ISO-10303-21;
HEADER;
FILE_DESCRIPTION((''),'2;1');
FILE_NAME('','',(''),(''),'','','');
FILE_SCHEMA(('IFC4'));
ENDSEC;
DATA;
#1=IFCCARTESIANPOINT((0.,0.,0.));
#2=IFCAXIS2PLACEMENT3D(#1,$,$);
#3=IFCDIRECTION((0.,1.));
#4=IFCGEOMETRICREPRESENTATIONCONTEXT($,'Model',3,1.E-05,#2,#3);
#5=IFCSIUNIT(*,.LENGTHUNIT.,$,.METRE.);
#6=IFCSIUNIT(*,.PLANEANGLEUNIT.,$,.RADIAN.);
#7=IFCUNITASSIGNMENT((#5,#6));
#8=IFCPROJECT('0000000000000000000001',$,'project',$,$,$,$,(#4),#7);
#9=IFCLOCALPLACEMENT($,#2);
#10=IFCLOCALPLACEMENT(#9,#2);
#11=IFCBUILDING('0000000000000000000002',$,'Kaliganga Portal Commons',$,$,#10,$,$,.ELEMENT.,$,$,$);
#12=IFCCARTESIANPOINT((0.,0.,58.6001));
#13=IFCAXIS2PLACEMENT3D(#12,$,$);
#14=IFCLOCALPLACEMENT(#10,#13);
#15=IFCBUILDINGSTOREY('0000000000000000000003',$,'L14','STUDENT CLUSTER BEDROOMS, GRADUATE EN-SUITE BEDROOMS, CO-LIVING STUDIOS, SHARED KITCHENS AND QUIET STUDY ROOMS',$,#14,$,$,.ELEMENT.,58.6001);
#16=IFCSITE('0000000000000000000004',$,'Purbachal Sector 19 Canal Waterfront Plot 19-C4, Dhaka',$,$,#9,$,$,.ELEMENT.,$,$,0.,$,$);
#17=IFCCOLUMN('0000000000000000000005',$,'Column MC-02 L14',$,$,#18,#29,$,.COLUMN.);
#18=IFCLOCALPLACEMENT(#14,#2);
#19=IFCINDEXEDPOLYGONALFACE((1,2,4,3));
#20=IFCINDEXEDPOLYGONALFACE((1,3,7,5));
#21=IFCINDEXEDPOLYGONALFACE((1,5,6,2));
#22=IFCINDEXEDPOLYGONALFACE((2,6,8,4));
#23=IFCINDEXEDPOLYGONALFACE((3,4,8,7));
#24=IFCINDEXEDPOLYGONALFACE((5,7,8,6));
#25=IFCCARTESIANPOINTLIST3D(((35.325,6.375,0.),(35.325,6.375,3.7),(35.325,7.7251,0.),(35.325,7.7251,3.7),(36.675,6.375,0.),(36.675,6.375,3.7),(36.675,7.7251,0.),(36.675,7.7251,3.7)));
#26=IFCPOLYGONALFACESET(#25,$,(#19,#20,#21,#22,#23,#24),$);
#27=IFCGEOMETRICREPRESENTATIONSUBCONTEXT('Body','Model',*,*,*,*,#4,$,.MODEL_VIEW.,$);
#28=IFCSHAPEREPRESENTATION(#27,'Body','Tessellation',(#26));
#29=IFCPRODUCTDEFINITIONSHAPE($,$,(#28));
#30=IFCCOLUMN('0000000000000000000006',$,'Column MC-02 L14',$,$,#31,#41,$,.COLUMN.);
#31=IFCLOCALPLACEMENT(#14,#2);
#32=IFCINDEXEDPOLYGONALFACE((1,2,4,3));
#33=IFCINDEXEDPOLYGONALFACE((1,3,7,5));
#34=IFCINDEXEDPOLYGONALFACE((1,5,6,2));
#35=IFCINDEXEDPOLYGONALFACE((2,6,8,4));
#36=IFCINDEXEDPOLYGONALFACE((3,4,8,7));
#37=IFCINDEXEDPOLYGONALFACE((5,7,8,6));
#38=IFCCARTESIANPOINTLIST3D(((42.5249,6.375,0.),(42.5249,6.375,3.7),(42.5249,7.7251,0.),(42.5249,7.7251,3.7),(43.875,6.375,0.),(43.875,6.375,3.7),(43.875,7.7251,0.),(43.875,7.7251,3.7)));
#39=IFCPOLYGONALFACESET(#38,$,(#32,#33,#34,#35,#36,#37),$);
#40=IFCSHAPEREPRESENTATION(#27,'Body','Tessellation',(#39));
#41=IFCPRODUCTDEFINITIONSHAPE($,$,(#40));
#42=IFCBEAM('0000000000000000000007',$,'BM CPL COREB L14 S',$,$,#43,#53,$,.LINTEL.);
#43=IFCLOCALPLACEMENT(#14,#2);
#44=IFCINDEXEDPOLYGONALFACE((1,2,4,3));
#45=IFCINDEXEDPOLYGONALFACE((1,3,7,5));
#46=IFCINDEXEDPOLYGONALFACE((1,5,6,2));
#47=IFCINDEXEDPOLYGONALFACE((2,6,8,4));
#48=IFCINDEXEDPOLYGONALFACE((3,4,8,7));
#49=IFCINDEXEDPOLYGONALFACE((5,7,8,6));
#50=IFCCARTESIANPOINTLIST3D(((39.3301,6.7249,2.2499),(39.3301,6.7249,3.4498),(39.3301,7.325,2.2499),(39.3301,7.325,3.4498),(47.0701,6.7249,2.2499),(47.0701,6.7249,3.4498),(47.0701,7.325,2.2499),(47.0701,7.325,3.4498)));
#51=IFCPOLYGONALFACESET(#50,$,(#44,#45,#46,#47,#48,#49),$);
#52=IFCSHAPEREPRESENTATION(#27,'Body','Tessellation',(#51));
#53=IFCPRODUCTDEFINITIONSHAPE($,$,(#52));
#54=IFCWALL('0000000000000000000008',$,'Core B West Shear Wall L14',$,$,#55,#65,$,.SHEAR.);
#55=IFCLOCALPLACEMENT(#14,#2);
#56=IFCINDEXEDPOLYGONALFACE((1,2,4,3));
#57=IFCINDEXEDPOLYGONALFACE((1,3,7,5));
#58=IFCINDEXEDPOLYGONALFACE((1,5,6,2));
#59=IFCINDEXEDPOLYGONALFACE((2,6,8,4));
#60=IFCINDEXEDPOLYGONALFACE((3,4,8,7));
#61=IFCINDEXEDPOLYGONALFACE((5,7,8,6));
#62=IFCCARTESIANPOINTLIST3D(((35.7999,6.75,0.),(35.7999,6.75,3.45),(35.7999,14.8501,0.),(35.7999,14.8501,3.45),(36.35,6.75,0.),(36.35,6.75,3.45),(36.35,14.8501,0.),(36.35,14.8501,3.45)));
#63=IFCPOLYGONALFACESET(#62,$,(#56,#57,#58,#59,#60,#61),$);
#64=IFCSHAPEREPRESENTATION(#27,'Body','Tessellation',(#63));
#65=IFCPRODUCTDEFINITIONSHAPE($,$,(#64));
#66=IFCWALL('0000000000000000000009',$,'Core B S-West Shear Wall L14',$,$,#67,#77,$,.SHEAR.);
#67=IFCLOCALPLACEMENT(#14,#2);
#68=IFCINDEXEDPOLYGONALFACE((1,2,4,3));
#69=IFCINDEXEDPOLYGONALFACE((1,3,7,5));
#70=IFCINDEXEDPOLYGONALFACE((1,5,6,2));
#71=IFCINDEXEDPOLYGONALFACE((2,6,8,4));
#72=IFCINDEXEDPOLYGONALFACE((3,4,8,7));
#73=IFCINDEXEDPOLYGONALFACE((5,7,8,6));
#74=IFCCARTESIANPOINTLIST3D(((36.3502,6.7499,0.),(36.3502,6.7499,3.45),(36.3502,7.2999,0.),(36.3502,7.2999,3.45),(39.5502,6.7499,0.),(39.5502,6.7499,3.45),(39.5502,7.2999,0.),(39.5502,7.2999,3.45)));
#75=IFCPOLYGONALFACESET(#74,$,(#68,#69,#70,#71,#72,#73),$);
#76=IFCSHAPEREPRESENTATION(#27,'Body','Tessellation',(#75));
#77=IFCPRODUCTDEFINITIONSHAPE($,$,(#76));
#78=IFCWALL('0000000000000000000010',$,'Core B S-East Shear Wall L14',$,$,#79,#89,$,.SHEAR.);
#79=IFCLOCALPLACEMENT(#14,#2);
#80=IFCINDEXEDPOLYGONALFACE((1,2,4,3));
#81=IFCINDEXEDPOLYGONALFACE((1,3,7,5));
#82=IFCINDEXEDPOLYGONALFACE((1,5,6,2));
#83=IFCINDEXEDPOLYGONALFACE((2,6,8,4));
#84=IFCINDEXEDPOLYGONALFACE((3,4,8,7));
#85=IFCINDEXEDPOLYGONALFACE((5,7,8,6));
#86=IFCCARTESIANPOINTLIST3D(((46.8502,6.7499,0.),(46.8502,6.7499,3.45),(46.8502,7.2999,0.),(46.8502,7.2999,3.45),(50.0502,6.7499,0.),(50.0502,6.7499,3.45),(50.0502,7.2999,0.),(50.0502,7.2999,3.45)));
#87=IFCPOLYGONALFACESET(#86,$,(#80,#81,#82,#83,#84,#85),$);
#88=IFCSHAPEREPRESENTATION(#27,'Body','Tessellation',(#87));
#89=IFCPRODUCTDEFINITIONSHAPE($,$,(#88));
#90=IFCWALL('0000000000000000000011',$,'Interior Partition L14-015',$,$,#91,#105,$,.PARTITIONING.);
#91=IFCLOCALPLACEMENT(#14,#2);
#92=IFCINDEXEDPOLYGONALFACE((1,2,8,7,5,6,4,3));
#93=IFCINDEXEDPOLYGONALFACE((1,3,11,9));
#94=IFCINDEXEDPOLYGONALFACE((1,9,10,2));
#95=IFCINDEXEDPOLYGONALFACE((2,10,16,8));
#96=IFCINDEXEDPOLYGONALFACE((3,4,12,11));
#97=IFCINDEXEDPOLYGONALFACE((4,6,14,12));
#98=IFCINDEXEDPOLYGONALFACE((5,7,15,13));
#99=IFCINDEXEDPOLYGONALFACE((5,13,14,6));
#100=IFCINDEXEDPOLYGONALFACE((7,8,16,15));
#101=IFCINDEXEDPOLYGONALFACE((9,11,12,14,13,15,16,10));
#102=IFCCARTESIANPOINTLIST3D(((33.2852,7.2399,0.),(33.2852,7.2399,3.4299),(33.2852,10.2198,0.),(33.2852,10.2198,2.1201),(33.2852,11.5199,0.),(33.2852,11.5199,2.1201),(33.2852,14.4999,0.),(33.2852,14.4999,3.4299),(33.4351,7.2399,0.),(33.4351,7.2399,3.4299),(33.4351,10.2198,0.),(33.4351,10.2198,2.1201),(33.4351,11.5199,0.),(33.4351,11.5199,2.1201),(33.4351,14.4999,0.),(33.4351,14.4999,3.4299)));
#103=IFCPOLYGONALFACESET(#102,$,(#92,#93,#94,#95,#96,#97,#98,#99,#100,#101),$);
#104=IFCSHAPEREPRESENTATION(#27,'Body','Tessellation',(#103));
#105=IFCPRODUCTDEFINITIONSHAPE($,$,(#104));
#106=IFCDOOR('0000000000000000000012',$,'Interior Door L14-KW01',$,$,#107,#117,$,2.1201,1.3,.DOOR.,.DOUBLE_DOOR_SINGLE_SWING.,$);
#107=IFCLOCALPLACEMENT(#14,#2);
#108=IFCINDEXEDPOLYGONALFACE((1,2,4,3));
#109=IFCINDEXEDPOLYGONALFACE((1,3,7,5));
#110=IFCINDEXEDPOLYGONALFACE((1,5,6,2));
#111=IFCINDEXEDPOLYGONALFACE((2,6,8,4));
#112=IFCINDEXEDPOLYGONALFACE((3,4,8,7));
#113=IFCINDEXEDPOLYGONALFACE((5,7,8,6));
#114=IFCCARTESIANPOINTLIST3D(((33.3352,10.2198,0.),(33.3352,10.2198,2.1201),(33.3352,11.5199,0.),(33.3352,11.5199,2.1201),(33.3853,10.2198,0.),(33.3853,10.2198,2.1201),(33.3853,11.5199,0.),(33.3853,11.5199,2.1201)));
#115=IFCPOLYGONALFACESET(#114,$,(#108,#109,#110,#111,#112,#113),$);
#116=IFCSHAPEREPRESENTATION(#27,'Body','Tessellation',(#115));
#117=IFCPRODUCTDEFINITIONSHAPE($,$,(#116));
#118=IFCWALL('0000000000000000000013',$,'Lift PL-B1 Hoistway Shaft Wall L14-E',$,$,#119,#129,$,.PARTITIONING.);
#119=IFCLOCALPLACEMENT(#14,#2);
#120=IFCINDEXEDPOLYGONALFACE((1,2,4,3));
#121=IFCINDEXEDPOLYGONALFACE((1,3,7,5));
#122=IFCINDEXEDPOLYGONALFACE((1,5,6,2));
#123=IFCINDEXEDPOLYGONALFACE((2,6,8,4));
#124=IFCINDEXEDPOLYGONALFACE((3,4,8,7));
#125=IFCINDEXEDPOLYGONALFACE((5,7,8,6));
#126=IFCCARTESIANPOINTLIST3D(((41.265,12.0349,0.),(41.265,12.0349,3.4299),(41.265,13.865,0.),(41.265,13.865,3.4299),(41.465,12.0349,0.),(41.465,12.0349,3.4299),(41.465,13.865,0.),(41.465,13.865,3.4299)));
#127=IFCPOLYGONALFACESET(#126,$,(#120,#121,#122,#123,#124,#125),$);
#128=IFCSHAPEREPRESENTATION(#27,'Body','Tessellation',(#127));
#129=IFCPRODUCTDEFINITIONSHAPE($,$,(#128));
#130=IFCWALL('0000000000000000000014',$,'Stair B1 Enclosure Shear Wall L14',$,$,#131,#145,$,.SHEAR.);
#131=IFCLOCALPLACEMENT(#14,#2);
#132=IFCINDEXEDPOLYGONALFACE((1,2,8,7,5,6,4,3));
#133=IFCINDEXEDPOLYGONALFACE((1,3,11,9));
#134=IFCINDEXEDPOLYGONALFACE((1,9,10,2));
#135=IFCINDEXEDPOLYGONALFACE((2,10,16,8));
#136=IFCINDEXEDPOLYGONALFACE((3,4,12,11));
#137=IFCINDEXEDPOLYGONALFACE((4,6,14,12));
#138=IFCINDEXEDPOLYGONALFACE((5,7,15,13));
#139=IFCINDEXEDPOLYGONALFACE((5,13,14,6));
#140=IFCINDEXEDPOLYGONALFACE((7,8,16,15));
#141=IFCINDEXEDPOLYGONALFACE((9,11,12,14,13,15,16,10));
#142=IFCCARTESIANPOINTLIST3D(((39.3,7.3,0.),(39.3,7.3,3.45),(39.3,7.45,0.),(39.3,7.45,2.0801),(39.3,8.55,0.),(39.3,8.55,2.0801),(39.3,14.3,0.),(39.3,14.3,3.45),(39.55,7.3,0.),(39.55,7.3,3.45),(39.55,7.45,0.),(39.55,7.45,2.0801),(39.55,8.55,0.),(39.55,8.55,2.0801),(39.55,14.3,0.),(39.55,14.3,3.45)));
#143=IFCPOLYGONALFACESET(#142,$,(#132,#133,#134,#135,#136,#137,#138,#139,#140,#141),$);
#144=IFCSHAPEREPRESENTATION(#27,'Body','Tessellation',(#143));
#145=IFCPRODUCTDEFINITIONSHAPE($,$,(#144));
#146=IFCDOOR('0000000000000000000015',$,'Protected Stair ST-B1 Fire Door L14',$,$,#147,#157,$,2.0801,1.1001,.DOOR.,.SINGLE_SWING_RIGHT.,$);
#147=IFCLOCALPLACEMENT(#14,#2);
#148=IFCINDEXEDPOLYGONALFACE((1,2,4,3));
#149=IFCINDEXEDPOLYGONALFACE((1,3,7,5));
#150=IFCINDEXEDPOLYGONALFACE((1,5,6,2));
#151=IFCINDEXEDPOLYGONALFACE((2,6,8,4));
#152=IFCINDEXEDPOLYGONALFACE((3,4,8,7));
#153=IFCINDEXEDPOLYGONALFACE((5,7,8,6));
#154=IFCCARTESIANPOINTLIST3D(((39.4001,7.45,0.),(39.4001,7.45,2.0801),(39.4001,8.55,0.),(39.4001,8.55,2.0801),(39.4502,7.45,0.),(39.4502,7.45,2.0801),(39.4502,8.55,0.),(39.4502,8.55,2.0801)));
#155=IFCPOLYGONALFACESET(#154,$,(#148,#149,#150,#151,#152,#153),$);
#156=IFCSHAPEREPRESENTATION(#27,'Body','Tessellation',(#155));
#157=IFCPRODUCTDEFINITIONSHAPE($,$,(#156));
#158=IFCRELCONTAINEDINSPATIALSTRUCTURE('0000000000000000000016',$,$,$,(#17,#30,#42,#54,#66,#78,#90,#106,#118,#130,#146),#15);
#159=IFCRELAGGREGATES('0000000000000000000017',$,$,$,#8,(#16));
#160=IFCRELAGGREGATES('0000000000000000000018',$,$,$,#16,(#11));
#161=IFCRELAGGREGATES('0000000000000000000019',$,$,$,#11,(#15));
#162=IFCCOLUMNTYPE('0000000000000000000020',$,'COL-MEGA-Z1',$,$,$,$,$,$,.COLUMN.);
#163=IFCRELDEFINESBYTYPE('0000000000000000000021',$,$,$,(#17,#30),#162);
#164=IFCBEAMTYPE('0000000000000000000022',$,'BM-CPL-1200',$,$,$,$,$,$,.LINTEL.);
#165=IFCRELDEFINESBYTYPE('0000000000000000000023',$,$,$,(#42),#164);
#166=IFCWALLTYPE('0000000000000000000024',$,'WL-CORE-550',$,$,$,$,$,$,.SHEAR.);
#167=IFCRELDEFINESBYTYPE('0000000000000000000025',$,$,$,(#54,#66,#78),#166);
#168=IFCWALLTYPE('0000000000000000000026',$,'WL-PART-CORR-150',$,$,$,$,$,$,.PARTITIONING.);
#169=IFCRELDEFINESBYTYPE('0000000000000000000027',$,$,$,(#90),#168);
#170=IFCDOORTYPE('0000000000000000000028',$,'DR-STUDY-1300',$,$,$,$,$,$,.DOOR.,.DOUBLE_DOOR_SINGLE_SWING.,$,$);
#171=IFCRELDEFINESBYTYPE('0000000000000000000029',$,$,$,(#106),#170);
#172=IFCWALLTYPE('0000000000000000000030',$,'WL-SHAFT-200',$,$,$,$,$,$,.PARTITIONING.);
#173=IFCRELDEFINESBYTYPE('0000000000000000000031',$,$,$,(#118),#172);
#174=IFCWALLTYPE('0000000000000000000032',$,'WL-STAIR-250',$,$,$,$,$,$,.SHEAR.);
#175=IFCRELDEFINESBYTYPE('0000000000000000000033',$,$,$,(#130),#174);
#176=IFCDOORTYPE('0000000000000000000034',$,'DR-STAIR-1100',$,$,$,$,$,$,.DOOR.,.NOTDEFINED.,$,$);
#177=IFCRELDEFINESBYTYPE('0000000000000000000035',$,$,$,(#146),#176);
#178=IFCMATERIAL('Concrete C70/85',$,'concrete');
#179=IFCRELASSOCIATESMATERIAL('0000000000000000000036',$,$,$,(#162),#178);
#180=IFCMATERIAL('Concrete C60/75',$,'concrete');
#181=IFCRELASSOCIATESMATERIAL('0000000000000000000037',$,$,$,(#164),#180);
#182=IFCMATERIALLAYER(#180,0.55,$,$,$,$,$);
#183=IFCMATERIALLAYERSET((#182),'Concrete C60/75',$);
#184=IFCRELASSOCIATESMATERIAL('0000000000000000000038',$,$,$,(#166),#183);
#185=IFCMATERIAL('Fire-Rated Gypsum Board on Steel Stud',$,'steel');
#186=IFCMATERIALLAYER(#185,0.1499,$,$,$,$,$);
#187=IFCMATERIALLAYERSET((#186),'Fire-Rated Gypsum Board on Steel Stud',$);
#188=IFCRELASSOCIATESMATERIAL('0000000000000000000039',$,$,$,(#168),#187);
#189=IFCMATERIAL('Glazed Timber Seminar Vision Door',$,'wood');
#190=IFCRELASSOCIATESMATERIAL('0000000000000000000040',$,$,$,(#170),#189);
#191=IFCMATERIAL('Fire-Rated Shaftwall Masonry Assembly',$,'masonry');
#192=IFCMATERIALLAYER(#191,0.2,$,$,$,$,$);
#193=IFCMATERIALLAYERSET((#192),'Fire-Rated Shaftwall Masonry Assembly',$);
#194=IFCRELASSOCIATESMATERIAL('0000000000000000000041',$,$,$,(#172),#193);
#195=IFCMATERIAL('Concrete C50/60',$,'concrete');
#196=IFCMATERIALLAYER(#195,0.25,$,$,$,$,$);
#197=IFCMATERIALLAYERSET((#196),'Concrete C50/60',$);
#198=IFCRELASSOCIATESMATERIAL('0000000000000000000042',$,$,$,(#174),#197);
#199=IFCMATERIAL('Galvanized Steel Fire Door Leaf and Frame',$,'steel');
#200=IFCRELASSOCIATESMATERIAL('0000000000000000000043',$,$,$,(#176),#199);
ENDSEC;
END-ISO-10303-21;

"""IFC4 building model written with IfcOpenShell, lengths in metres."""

from ifc_helpers import new_model, si_unit, direction, frame, frame_2d, origin, origin_2d, place, context, subcontext, project, spatial, rectangle, extrude, source, transform, mapped, material, layer, layer_set, material_profile, profile_set, type_object, element, fill, save


model = new_model("IFC4")

# Units and contexts
model_context = context("Model", 3, precision=1e-05, world=origin(), true_north=direction((0.0, 1.0)))
body_context = subcontext(model_context, "Body", "Model", "MODEL_VIEW")
ifc_project = project(units=[si_unit("LENGTHUNIT", "METRE"), si_unit("PLANEANGLEUNIT", "RADIAN")], contexts=[model_context])

# Site, building, storey
site_placement = place(None, origin())
site = spatial("IfcSite", under=ifc_project, at=site_placement, Name="Purbachal Sector 19 Canal Waterfront Plot 19-C4, Dhaka", CompositionType="ELEMENT", RefElevation=0.0)
building_placement = place(site_placement, origin())
building = spatial("IfcBuilding", under=site, at=building_placement, Name="Kaliganga Portal Commons", CompositionType="ELEMENT")
storey_placement = place(building_placement, frame((0.0, 0.0, 58.6001)))
storey = spatial("IfcBuildingStorey", under=building, at=storey_placement, Name="L14", Description="STUDENT CLUSTER BEDROOMS, GRADUATE EN-SUITE BEDROOMS, CO-LIVING STUDIOS, SHARED KITCHENS AND QUIET STUDY ROOMS", CompositionType="ELEMENT", Elevation=58.6001)

# Columns
ifc_material_1 = material(Name="Concrete C70/85", Category="concrete")
ifc_material_profile_1 = material_profile(ifc_material_1, rectangle(XDim=1.3501, YDim=1.3501, at=origin_2d()), Name="RC 1350x1350")
ifc_profile_set_1 = profile_set([ifc_material_profile_1], Name="Concrete C70/85")
column_type = type_object("IfcColumnType", Name="COL-MEGA-Z1", PredefinedType="COLUMN", material=ifc_profile_set_1)
shared_shape_1 = source(origin(), body_context, "Body", "SweptSolid", [
    extrude(rectangle(XDim=1.3501, YDim=1.3501, at=origin_2d()), origin(), (0.0, 0.0, 1.0), 3.7),
])
for number, where, z_axis, x_axis, name in (
    (1, (36.0, 7.05, 0.0), (0.0, 0.0, 1.0), (1.0, 0.0, 0.0), "Column MC-02 L14"),
    (2, (43.2, 7.05, 0.0), (0.0, 0.0, 1.0), (1.0, 0.0, 0.0), "Column MC-02 L14"),
):
    element("IfcColumn", number, at=place(storey_placement, frame(where, z_axis=z_axis, x_axis=x_axis)), inside=storey, type_object=column_type, Name=name, PredefinedType="COLUMN", context=body_context, shape_type="MappedRepresentation", body=[
        mapped(shared_shape_1, transform((0.0, 0.0, 0.0), x_axis=(1.0, 0.0, 0.0), y_axis=(0.0, 1.0, 0.0), z_axis=(0.0, 0.0, 1.0), scale=1.0)),
    ])

# Beam
ifc_material_2 = material(Name="Concrete C60/75", Category="concrete")
ifc_material_profile_2 = material_profile(ifc_material_2, rectangle(XDim=0.6001, YDim=1.2, at=origin_2d()), Name="RC 600x1200")
ifc_profile_set_2 = profile_set([ifc_material_profile_2], Name="Concrete C60/75")
beam_type = type_object("IfcBeamType", Name="BM-CPL-1200", PredefinedType="LINTEL", material=ifc_profile_set_2)
shared_shape_2 = source(origin(), body_context, "Body", "SweptSolid", [
    extrude(rectangle(XDim=0.6001, YDim=1.2, at=origin_2d()), origin(), (0.0, 0.0, 1.0), 7.74),
])
beam_placement = place(storey_placement, frame((39.3301, 7.0249, 2.8499), z_axis=(1.0, 0.0, 0.0), x_axis=(0.0, 1.0, 0.0)))
element("IfcBeam", 3, at=beam_placement, inside=storey, type_object=beam_type, Name="BM CPL COREB L14 S", PredefinedType="LINTEL", context=body_context, shape_type="MappedRepresentation", body=[
    mapped(shared_shape_2, transform((0.0, 0.0, 0.0), x_axis=(1.0, 0.0, 0.0), y_axis=(0.0, 1.0, 0.0), z_axis=(0.0, 0.0, 1.0), scale=1.0)),
])

# Walls
ifc_layer_1 = layer(ifc_material_2, 0.55)
ifc_layer_set_1 = layer_set([ifc_layer_1], Name="Concrete C60/75")
wall_type_1 = type_object("IfcWallType", Name="WL-CORE-550", PredefinedType="SHEAR", material=ifc_layer_set_1)
wall_1_placement = place(storey_placement, frame((36.075, 6.75, 0.0), z_axis=(0.0, 0.0, 1.0), x_axis=(0.0, 1.0, 0.0)))
element("IfcWall", 4, at=wall_1_placement, inside=storey, type_object=wall_type_1, Name="Core B West Shear Wall L14", PredefinedType="SHEAR", context=body_context, shape_type="SweptSolid", body=[
    extrude(rectangle(XDim=8.1001, YDim=0.55, at=frame_2d((4.05, 0.0))), origin(), (0.0, 0.0, 1.0), 3.45),
])
for number, where, z_axis, x_axis, name in (
    (5, (36.3501, 7.0249, 0.0), (0.0, 0.0, 1.0), (1.0, 0.0, 0.0), "Core B S-West Shear Wall L14"),
    (6, (46.8501, 7.0249, 0.0), (0.0, 0.0, 1.0), (1.0, 0.0, 0.0), "Core B S-East Shear Wall L14"),
):
    element("IfcWall", number, at=place(storey_placement, frame(where, z_axis=z_axis, x_axis=x_axis)), inside=storey, type_object=wall_type_1, Name=name, PredefinedType="SHEAR", context=body_context, shape_type="SweptSolid", body=[
        extrude(rectangle(XDim=3.2, YDim=0.55, at=frame_2d((1.6001, 0.0))), origin(), (0.0, 0.0, 1.0), 3.45),
    ])

# Wall, opening, door
ifc_material_3 = material(Name="Fire-Rated Gypsum Board on Steel Stud", Category="steel")
ifc_layer_2 = layer(ifc_material_3, 0.1499)
ifc_layer_set_2 = layer_set([ifc_layer_2], Name="Fire-Rated Gypsum Board on Steel Stud")
wall_type_2 = type_object("IfcWallType", Name="WL-PART-CORR-150", PredefinedType="PARTITIONING", material=ifc_layer_set_2)
wall_2_placement = place(storey_placement, frame((33.3601, 7.24, 0.0), z_axis=(0.0, 0.0, 1.0), x_axis=(0.0, 1.0, 0.0)))
wall_2 = element("IfcWall", 7, at=wall_2_placement, inside=storey, type_object=wall_type_2, Name="Interior Partition L14-015", PredefinedType="PARTITIONING", context=body_context, shape_type="SweptSolid", body=[
    extrude(rectangle(XDim=7.26, YDim=0.1499, at=frame_2d((3.6299, 0.0))), origin(), (0.0, 0.0, 1.0), 3.4299),
])
opening_1_placement = place(wall_2_placement, frame((2.98, 0.0, 0.0)))
opening_1 = element("IfcOpeningElement", 8, at=opening_1_placement, cuts=wall_2, PredefinedType="OPENING", context=body_context, shape_type="SweptSolid", body=[
    extrude(rectangle(XDim=1.3, YDim=2.1201, at=frame_2d((0.6499, 1.0601))), frame((0.0, 0.085, 0.0), z_axis=(0.0, -1.0, 0.0), x_axis=(1.0, 0.0, 0.0)), (0.0, 0.0, 1.0), 0.1699),
])
ifc_material_4 = material(Name="Glazed Timber Seminar Vision Door", Category="wood")
door_type_1 = type_object("IfcDoorType", Name="DR-STUDY-1300", OperationType="DOUBLE_DOOR_SINGLE_SWING", PredefinedType="DOOR", material=ifc_material_4)
door_1_placement = place(opening_1_placement, origin())
door_1 = element("IfcDoor", 9, at=door_1_placement, inside=storey, type_object=door_type_1, Name="Interior Door L14-KW01", OperationType="DOUBLE_DOOR_SINGLE_SWING", OverallHeight=2.1201, OverallWidth=1.3, PredefinedType="DOOR", context=body_context, shape_type="SweptSolid", body=[
    extrude(rectangle(XDim=1.3, YDim=2.1201, at=frame_2d((0.6499, 1.0601))), frame((0.0, 0.0249, 0.0), z_axis=(0.0, -1.0, 0.0), x_axis=(1.0, 0.0, 0.0)), (0.0, 0.0, 1.0), 0.05),
])
fill(opening_1, door_1)
ifc_material_5 = material(Name="Fire-Rated Shaftwall Masonry Assembly", Category="masonry")
ifc_layer_3 = layer(ifc_material_5, 0.2)
ifc_layer_set_3 = layer_set([ifc_layer_3], Name="Fire-Rated Shaftwall Masonry Assembly")
wall_type_3 = type_object("IfcWallType", Name="WL-SHAFT-200", PredefinedType="PARTITIONING", material=ifc_layer_set_3)

# Wall
wall_3_placement = place(storey_placement, frame((41.365, 12.0349, 0.0), z_axis=(0.0, 0.0, 1.0), x_axis=(0.0, 1.0, 0.0)))
element("IfcWall", 10, at=wall_3_placement, inside=storey, type_object=wall_type_3, Name="Lift PL-B1 Hoistway Shaft Wall L14-E", PredefinedType="PARTITIONING", context=body_context, shape_type="SweptSolid", body=[
    extrude(rectangle(XDim=1.8301, YDim=0.2, at=frame_2d((0.915, 0.0))), origin(), (0.0, 0.0, 1.0), 3.4299),
])

# Wall, opening, door
ifc_material_6 = material(Name="Concrete C50/60", Category="concrete")
ifc_layer_4 = layer(ifc_material_6, 0.25)
ifc_layer_set_4 = layer_set([ifc_layer_4], Name="Concrete C50/60")
wall_type_4 = type_object("IfcWallType", Name="WL-STAIR-250", PredefinedType="SHEAR", material=ifc_layer_set_4)
wall_4_placement = place(storey_placement, frame((39.425, 7.3, 0.0), z_axis=(0.0, 0.0, 1.0), x_axis=(0.0, 1.0, 0.0)))
wall_4 = element("IfcWall", 11, at=wall_4_placement, inside=storey, type_object=wall_type_4, Name="Stair B1 Enclosure Shear Wall L14", PredefinedType="SHEAR", context=body_context, shape_type="SweptSolid", body=[
    extrude(rectangle(XDim=7.0, YDim=0.25, at=frame_2d((3.5, 0.0))), origin(), (0.0, 0.0, 1.0), 3.45),
])
opening_2_placement = place(wall_4_placement, frame((0.1499, 0.0, 0.0)))
opening_2 = element("IfcOpeningElement", 12, at=opening_2_placement, cuts=wall_4, PredefinedType="OPENING", context=body_context, shape_type="SweptSolid", body=[
    extrude(rectangle(XDim=1.1001, YDim=2.0801, at=frame_2d((0.55, 1.04))), frame((0.0, 0.135, 0.0), z_axis=(0.0, -1.0, 0.0), x_axis=(1.0, 0.0, 0.0)), (0.0, 0.0, 1.0), 0.27),
])
ifc_material_7 = material(Name="Galvanized Steel Fire Door Leaf and Frame", Category="steel")
door_type_2 = type_object("IfcDoorType", Name="DR-STAIR-1100", OperationType="NOTDEFINED", PredefinedType="DOOR", material=ifc_material_7)
door_2_placement = place(opening_2_placement, origin())
door_2 = element("IfcDoor", 13, at=door_2_placement, inside=storey, type_object=door_type_2, Name="Protected Stair ST-B1 Fire Door L14", OperationType="SINGLE_SWING_RIGHT", OverallHeight=2.0801, OverallWidth=1.1001, PredefinedType="DOOR", context=body_context, shape_type="SweptSolid", body=[
    extrude(rectangle(XDim=1.1001, YDim=2.0801, at=frame_2d((0.55, 1.04))), frame((0.0, 0.0249, 0.0), z_axis=(0.0, -1.0, 0.0), x_axis=(1.0, 0.0, 0.0)), (0.0, 0.0, 1.0), 0.05),
])
fill(opening_2, door_2)

save(model, "model.ifc")
